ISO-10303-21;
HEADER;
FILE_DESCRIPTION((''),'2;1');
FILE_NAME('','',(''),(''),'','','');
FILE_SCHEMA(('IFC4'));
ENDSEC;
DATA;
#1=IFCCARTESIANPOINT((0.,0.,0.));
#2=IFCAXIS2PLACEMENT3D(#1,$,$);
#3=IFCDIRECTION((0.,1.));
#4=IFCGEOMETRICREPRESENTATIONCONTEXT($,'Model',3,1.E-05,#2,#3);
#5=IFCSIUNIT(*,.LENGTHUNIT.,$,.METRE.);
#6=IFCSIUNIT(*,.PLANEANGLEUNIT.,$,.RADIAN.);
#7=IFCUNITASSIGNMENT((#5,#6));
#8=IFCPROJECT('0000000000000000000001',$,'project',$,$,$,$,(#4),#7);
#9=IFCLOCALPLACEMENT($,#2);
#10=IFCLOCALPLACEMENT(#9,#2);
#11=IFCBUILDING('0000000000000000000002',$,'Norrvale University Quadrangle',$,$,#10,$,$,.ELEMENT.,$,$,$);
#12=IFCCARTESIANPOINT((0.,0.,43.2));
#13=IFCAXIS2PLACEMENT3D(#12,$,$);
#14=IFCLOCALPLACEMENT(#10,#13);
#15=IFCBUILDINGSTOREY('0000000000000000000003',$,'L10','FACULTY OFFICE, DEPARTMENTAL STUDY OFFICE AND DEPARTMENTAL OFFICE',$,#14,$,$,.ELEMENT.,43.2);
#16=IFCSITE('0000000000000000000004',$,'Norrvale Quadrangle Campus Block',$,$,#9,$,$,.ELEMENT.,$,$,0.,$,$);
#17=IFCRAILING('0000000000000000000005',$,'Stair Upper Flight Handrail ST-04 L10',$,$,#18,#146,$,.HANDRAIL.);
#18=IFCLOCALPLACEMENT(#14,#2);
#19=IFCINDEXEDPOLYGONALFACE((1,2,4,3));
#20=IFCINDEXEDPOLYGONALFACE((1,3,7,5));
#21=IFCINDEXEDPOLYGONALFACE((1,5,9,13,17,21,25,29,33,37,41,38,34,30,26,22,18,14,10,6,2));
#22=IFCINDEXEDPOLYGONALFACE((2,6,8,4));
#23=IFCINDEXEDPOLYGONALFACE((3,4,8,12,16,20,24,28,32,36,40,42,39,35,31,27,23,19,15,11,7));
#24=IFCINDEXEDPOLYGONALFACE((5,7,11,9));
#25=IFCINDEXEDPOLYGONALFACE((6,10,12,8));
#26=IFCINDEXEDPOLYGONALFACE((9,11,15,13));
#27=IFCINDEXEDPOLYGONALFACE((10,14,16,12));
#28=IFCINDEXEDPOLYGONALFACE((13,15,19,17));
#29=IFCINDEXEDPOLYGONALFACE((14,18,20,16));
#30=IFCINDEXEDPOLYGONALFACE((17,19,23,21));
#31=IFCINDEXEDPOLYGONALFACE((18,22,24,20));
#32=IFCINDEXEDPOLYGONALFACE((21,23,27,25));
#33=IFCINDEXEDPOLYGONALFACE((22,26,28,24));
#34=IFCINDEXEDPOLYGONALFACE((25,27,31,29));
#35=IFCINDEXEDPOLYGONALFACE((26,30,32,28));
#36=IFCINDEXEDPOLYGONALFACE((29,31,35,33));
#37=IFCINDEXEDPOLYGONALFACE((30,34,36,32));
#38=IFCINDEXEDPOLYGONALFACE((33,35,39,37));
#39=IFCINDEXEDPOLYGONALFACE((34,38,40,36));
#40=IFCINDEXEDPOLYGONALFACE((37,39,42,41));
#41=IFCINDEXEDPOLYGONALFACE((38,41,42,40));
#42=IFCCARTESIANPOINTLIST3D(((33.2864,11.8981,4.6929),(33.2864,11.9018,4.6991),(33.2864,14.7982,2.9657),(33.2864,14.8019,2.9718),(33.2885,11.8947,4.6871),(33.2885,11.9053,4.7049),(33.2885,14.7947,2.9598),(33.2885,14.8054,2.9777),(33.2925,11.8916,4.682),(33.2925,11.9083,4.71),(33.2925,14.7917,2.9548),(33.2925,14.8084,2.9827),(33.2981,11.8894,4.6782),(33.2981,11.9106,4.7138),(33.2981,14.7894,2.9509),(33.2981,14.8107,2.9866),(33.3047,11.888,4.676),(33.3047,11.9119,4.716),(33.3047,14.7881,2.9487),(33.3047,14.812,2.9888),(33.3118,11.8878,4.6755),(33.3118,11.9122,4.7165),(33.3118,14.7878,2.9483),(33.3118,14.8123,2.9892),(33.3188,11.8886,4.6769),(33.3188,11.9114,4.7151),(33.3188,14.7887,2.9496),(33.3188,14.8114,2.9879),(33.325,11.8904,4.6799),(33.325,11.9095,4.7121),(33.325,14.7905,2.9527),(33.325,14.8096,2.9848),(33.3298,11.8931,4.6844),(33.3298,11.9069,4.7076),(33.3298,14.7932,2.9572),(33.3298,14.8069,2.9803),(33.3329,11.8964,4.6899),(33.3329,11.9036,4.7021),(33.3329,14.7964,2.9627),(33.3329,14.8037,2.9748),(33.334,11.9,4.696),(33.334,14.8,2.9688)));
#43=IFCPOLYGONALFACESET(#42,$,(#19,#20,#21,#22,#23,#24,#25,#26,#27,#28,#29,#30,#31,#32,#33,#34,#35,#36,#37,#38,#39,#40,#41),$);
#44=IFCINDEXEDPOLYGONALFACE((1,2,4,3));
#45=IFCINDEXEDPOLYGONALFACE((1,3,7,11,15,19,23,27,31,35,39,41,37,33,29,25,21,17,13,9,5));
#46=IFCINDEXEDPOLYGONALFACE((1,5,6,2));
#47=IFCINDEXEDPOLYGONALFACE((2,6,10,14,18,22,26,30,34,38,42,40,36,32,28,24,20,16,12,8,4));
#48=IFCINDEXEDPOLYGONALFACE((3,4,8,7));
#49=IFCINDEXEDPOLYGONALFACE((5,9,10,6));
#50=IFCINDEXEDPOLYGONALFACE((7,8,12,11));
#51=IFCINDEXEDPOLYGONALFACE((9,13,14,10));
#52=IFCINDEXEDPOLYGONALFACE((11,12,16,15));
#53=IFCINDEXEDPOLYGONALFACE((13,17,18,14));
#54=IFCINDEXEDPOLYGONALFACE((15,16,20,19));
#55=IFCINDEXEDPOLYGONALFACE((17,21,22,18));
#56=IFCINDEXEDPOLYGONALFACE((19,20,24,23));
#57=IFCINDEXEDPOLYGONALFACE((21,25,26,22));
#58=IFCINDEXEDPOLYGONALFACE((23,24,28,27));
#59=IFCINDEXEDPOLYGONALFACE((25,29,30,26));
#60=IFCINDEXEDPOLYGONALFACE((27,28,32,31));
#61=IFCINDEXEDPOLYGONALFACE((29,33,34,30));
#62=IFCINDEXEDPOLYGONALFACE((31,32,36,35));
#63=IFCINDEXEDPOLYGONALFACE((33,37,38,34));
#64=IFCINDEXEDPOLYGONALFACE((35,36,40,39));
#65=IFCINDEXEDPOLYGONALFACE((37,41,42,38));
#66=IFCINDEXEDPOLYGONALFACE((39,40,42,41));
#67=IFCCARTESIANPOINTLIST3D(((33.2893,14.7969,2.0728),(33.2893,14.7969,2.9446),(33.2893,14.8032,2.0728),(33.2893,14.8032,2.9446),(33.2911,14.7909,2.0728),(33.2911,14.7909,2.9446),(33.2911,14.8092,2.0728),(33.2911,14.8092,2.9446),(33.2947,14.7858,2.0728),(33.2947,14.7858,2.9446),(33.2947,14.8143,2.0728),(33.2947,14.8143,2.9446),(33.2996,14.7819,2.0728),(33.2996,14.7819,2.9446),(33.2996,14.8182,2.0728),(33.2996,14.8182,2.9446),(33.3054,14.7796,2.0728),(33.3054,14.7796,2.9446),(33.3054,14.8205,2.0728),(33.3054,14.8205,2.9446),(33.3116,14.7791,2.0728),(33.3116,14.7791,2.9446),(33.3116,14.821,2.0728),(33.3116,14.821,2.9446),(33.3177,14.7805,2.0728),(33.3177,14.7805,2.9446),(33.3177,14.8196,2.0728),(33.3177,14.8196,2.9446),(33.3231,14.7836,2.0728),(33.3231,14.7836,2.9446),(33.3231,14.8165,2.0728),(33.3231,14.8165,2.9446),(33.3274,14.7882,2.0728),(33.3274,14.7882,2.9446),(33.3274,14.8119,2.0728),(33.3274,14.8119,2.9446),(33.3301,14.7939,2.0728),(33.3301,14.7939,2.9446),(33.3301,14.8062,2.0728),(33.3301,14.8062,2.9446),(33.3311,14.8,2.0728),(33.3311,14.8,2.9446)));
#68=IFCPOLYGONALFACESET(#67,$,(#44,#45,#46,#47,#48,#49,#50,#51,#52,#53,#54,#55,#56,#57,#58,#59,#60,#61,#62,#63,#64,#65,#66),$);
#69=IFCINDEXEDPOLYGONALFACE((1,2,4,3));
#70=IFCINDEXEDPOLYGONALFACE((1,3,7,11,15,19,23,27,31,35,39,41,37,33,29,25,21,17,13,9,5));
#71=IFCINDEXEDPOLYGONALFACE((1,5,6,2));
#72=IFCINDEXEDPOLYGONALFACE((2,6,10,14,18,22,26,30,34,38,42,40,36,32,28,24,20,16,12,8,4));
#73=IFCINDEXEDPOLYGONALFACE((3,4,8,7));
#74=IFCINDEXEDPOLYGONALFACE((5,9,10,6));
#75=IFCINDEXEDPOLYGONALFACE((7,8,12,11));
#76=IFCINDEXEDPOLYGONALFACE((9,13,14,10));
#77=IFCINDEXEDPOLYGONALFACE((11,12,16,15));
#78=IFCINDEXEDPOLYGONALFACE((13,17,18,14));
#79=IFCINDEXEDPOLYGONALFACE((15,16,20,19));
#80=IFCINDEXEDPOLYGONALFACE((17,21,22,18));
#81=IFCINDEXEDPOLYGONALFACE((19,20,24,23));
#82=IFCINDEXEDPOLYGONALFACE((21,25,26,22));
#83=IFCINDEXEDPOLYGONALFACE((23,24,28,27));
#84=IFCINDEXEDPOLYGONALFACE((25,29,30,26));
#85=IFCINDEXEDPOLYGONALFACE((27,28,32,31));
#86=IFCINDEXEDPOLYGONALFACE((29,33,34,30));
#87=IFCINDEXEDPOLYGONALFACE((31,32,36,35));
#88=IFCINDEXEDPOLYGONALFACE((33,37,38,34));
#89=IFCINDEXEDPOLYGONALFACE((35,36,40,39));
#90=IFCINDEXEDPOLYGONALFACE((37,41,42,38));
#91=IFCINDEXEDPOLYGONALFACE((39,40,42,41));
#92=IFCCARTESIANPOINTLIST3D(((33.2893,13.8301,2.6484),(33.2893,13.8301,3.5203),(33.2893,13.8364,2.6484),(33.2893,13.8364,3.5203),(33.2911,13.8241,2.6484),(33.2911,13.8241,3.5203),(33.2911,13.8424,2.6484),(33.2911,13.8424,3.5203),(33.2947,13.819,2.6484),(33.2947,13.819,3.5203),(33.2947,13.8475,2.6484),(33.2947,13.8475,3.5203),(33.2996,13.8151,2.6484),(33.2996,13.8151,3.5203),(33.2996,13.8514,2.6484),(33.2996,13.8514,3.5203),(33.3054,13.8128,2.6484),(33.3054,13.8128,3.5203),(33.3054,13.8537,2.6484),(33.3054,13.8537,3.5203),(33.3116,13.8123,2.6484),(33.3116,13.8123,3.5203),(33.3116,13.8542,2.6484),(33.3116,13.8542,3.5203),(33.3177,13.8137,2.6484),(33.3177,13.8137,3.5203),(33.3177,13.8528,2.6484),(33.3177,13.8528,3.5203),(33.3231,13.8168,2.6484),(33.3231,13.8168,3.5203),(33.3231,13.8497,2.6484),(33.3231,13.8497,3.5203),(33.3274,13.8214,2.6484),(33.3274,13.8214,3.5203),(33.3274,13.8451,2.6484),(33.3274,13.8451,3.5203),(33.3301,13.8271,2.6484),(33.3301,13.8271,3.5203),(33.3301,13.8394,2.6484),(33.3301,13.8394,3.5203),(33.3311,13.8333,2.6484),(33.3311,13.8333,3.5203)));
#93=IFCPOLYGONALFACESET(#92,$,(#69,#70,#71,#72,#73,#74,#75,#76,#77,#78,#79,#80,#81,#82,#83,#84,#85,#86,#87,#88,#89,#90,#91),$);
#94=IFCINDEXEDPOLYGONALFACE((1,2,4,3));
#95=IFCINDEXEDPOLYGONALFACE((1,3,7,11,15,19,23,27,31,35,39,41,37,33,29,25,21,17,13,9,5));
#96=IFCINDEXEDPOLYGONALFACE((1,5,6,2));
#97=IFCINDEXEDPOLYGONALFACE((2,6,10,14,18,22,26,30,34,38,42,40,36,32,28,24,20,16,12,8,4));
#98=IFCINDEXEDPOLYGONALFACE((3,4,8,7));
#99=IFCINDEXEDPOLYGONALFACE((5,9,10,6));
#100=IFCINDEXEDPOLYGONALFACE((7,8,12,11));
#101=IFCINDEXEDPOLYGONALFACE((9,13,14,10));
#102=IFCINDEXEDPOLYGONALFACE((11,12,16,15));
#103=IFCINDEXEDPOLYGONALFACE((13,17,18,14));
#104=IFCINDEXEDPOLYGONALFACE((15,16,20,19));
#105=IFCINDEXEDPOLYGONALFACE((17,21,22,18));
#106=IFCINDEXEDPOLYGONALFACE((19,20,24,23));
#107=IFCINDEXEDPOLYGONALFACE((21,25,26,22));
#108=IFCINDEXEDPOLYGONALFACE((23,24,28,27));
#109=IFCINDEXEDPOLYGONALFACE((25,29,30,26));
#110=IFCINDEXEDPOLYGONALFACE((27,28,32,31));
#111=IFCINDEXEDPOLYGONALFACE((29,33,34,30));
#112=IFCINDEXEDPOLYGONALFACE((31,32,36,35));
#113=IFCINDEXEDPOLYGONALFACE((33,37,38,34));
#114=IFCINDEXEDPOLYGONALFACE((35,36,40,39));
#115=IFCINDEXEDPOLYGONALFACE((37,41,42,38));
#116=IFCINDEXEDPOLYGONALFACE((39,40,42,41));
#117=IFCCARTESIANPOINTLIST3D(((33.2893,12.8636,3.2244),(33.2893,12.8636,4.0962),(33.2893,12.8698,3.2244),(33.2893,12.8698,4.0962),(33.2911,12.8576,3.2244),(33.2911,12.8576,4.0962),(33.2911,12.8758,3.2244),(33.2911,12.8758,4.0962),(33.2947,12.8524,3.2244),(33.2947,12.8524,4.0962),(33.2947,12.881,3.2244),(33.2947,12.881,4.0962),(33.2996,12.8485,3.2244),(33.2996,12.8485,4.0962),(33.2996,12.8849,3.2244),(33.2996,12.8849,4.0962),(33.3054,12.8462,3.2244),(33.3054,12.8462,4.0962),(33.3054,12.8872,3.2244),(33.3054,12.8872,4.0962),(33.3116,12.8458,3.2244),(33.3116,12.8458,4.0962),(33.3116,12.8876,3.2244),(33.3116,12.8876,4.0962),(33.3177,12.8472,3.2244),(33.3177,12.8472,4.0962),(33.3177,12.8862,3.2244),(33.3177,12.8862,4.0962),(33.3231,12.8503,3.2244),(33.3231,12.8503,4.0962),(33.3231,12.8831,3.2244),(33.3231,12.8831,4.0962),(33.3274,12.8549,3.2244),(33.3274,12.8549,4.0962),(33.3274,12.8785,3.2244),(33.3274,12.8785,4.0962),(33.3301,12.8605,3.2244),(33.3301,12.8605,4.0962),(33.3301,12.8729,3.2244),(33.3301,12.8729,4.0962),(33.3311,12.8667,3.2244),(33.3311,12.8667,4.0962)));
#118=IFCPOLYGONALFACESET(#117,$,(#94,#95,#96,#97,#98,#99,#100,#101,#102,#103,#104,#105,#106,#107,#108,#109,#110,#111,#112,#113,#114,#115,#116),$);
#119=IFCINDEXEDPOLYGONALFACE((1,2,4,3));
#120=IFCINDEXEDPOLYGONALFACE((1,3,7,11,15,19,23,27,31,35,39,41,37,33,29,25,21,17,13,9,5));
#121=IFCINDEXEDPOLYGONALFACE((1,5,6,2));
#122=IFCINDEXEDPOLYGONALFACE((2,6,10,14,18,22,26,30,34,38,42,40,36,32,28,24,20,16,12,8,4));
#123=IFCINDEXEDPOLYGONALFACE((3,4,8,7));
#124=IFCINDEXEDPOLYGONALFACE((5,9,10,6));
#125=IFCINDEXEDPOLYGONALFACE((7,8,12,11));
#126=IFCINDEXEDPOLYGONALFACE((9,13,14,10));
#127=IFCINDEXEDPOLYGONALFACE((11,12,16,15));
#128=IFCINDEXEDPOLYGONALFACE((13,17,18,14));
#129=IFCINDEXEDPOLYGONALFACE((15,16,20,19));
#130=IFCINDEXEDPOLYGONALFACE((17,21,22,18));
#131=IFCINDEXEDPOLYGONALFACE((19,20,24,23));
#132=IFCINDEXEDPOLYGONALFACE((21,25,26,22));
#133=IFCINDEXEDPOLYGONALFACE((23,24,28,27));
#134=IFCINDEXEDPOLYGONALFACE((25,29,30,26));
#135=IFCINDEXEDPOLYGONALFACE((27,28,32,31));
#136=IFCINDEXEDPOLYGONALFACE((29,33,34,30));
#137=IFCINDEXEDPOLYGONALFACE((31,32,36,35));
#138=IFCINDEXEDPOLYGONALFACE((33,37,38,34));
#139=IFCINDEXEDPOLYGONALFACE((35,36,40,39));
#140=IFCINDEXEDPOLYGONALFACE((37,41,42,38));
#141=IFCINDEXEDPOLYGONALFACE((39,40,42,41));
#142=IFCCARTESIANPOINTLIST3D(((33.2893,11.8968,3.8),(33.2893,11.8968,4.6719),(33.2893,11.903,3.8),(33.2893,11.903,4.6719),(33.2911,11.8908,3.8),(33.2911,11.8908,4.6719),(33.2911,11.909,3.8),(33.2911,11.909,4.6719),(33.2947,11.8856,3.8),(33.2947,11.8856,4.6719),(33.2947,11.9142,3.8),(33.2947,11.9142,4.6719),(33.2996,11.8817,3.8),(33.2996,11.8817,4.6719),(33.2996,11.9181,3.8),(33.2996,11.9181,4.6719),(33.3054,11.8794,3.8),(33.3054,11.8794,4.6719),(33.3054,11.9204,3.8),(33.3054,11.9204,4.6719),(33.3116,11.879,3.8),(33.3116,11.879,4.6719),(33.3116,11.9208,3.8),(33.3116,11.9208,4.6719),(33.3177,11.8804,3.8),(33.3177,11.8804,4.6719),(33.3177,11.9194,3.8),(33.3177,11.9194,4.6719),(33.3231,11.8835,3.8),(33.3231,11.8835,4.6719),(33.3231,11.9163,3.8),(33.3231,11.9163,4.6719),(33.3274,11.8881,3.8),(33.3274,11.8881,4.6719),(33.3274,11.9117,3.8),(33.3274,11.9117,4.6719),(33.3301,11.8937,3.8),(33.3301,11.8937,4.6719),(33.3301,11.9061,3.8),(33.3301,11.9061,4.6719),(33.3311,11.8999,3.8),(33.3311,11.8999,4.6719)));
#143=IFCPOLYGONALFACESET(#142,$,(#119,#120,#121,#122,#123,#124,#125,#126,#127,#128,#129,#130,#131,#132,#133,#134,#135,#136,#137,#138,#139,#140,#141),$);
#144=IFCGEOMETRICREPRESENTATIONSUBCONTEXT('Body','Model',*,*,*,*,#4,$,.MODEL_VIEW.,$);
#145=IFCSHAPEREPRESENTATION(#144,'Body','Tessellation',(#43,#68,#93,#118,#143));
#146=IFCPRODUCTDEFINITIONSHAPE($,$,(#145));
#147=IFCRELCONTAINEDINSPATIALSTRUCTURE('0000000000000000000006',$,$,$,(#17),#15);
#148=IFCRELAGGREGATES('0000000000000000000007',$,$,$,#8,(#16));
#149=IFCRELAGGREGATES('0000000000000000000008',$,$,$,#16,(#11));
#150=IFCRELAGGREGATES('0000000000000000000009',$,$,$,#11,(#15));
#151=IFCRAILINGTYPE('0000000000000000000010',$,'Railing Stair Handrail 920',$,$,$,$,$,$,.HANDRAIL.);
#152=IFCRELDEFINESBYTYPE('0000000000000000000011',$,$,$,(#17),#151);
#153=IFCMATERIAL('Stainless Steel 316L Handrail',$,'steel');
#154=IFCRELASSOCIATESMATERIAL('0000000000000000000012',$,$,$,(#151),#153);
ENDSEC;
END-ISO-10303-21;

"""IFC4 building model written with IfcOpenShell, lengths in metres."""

from ifc_helpers import new_model, si_unit, direction, frame, origin, origin_2d, place, context, subcontext, project, spatial, circle, extrude, material, type_object, element, save


model = new_model("IFC4")

# Units and contexts
model_context = context("Model", 3, precision=1e-05, world=origin(), true_north=direction((0.0, 1.0)))
body_context = subcontext(model_context, "Body", "Model", "MODEL_VIEW")
ifc_project = project(units=[si_unit("LENGTHUNIT", "METRE"), si_unit("PLANEANGLEUNIT", "RADIAN")], contexts=[model_context])

# Site, building, storey
site_placement = place(None, origin())
site = spatial("IfcSite", under=ifc_project, at=site_placement, Name="Norrvale Quadrangle Campus Block", CompositionType="ELEMENT", RefElevation=0.0)
building_placement = place(site_placement, origin())
building = spatial("IfcBuilding", under=site, at=building_placement, Name="Norrvale University Quadrangle", CompositionType="ELEMENT")
storey_placement = place(building_placement, frame((0.0, 0.0, 43.2)))
storey = spatial("IfcBuildingStorey", under=building, at=storey_placement, Name="L10", Description="FACULTY OFFICE, DEPARTMENTAL STUDY OFFICE AND DEPARTMENTAL OFFICE", CompositionType="ELEMENT", Elevation=43.2)

# Railing
ifc_material_1 = material(Name="Stainless Steel 316L Handrail", Category="steel")
railing_type_1 = type_object("IfcRailingType", Name="Railing Stair Handrail 920", PredefinedType="HANDRAIL", material=ifc_material_1)
railing_1_placement = place(storey_placement, frame((33.3101, 14.8, 2.0728)))
element("IfcRailing", 1, at=railing_1_placement, inside=storey, type_object=railing_type_1, Name="Stair Upper Flight Handrail ST-04 L10", PredefinedType="HANDRAIL", context=body_context, shape_type="SweptSolid", body=[
    extrude(circle(Radius=0.0239, at=origin_2d()), frame((0.0, 0.0, 0.896), z_axis=(0.0, -0.85916, 0.511706), x_axis=(1.0, 0.0, 0.0)), (0.0, 0.0, 1.0), 3.3755),
    extrude(circle(Radius=0.021, at=origin_2d()), origin(), (0.0, 0.0, 1.0), 0.8718),
    extrude(circle(Radius=0.021, at=origin_2d()), frame((0.0, -0.9668, 0.5757)), (0.0, 0.0, 1.0), 0.8718),
    extrude(circle(Radius=0.021, at=origin_2d()), frame((0.0, -1.9333, 1.1516)), (0.0, 0.0, 1.0), 0.8718),
    extrude(circle(Radius=0.021, at=origin_2d()), frame((0.0, -2.9001, 1.7273)), (0.0, 0.0, 1.0), 0.8718),
])

save(model, "model.ifc")
